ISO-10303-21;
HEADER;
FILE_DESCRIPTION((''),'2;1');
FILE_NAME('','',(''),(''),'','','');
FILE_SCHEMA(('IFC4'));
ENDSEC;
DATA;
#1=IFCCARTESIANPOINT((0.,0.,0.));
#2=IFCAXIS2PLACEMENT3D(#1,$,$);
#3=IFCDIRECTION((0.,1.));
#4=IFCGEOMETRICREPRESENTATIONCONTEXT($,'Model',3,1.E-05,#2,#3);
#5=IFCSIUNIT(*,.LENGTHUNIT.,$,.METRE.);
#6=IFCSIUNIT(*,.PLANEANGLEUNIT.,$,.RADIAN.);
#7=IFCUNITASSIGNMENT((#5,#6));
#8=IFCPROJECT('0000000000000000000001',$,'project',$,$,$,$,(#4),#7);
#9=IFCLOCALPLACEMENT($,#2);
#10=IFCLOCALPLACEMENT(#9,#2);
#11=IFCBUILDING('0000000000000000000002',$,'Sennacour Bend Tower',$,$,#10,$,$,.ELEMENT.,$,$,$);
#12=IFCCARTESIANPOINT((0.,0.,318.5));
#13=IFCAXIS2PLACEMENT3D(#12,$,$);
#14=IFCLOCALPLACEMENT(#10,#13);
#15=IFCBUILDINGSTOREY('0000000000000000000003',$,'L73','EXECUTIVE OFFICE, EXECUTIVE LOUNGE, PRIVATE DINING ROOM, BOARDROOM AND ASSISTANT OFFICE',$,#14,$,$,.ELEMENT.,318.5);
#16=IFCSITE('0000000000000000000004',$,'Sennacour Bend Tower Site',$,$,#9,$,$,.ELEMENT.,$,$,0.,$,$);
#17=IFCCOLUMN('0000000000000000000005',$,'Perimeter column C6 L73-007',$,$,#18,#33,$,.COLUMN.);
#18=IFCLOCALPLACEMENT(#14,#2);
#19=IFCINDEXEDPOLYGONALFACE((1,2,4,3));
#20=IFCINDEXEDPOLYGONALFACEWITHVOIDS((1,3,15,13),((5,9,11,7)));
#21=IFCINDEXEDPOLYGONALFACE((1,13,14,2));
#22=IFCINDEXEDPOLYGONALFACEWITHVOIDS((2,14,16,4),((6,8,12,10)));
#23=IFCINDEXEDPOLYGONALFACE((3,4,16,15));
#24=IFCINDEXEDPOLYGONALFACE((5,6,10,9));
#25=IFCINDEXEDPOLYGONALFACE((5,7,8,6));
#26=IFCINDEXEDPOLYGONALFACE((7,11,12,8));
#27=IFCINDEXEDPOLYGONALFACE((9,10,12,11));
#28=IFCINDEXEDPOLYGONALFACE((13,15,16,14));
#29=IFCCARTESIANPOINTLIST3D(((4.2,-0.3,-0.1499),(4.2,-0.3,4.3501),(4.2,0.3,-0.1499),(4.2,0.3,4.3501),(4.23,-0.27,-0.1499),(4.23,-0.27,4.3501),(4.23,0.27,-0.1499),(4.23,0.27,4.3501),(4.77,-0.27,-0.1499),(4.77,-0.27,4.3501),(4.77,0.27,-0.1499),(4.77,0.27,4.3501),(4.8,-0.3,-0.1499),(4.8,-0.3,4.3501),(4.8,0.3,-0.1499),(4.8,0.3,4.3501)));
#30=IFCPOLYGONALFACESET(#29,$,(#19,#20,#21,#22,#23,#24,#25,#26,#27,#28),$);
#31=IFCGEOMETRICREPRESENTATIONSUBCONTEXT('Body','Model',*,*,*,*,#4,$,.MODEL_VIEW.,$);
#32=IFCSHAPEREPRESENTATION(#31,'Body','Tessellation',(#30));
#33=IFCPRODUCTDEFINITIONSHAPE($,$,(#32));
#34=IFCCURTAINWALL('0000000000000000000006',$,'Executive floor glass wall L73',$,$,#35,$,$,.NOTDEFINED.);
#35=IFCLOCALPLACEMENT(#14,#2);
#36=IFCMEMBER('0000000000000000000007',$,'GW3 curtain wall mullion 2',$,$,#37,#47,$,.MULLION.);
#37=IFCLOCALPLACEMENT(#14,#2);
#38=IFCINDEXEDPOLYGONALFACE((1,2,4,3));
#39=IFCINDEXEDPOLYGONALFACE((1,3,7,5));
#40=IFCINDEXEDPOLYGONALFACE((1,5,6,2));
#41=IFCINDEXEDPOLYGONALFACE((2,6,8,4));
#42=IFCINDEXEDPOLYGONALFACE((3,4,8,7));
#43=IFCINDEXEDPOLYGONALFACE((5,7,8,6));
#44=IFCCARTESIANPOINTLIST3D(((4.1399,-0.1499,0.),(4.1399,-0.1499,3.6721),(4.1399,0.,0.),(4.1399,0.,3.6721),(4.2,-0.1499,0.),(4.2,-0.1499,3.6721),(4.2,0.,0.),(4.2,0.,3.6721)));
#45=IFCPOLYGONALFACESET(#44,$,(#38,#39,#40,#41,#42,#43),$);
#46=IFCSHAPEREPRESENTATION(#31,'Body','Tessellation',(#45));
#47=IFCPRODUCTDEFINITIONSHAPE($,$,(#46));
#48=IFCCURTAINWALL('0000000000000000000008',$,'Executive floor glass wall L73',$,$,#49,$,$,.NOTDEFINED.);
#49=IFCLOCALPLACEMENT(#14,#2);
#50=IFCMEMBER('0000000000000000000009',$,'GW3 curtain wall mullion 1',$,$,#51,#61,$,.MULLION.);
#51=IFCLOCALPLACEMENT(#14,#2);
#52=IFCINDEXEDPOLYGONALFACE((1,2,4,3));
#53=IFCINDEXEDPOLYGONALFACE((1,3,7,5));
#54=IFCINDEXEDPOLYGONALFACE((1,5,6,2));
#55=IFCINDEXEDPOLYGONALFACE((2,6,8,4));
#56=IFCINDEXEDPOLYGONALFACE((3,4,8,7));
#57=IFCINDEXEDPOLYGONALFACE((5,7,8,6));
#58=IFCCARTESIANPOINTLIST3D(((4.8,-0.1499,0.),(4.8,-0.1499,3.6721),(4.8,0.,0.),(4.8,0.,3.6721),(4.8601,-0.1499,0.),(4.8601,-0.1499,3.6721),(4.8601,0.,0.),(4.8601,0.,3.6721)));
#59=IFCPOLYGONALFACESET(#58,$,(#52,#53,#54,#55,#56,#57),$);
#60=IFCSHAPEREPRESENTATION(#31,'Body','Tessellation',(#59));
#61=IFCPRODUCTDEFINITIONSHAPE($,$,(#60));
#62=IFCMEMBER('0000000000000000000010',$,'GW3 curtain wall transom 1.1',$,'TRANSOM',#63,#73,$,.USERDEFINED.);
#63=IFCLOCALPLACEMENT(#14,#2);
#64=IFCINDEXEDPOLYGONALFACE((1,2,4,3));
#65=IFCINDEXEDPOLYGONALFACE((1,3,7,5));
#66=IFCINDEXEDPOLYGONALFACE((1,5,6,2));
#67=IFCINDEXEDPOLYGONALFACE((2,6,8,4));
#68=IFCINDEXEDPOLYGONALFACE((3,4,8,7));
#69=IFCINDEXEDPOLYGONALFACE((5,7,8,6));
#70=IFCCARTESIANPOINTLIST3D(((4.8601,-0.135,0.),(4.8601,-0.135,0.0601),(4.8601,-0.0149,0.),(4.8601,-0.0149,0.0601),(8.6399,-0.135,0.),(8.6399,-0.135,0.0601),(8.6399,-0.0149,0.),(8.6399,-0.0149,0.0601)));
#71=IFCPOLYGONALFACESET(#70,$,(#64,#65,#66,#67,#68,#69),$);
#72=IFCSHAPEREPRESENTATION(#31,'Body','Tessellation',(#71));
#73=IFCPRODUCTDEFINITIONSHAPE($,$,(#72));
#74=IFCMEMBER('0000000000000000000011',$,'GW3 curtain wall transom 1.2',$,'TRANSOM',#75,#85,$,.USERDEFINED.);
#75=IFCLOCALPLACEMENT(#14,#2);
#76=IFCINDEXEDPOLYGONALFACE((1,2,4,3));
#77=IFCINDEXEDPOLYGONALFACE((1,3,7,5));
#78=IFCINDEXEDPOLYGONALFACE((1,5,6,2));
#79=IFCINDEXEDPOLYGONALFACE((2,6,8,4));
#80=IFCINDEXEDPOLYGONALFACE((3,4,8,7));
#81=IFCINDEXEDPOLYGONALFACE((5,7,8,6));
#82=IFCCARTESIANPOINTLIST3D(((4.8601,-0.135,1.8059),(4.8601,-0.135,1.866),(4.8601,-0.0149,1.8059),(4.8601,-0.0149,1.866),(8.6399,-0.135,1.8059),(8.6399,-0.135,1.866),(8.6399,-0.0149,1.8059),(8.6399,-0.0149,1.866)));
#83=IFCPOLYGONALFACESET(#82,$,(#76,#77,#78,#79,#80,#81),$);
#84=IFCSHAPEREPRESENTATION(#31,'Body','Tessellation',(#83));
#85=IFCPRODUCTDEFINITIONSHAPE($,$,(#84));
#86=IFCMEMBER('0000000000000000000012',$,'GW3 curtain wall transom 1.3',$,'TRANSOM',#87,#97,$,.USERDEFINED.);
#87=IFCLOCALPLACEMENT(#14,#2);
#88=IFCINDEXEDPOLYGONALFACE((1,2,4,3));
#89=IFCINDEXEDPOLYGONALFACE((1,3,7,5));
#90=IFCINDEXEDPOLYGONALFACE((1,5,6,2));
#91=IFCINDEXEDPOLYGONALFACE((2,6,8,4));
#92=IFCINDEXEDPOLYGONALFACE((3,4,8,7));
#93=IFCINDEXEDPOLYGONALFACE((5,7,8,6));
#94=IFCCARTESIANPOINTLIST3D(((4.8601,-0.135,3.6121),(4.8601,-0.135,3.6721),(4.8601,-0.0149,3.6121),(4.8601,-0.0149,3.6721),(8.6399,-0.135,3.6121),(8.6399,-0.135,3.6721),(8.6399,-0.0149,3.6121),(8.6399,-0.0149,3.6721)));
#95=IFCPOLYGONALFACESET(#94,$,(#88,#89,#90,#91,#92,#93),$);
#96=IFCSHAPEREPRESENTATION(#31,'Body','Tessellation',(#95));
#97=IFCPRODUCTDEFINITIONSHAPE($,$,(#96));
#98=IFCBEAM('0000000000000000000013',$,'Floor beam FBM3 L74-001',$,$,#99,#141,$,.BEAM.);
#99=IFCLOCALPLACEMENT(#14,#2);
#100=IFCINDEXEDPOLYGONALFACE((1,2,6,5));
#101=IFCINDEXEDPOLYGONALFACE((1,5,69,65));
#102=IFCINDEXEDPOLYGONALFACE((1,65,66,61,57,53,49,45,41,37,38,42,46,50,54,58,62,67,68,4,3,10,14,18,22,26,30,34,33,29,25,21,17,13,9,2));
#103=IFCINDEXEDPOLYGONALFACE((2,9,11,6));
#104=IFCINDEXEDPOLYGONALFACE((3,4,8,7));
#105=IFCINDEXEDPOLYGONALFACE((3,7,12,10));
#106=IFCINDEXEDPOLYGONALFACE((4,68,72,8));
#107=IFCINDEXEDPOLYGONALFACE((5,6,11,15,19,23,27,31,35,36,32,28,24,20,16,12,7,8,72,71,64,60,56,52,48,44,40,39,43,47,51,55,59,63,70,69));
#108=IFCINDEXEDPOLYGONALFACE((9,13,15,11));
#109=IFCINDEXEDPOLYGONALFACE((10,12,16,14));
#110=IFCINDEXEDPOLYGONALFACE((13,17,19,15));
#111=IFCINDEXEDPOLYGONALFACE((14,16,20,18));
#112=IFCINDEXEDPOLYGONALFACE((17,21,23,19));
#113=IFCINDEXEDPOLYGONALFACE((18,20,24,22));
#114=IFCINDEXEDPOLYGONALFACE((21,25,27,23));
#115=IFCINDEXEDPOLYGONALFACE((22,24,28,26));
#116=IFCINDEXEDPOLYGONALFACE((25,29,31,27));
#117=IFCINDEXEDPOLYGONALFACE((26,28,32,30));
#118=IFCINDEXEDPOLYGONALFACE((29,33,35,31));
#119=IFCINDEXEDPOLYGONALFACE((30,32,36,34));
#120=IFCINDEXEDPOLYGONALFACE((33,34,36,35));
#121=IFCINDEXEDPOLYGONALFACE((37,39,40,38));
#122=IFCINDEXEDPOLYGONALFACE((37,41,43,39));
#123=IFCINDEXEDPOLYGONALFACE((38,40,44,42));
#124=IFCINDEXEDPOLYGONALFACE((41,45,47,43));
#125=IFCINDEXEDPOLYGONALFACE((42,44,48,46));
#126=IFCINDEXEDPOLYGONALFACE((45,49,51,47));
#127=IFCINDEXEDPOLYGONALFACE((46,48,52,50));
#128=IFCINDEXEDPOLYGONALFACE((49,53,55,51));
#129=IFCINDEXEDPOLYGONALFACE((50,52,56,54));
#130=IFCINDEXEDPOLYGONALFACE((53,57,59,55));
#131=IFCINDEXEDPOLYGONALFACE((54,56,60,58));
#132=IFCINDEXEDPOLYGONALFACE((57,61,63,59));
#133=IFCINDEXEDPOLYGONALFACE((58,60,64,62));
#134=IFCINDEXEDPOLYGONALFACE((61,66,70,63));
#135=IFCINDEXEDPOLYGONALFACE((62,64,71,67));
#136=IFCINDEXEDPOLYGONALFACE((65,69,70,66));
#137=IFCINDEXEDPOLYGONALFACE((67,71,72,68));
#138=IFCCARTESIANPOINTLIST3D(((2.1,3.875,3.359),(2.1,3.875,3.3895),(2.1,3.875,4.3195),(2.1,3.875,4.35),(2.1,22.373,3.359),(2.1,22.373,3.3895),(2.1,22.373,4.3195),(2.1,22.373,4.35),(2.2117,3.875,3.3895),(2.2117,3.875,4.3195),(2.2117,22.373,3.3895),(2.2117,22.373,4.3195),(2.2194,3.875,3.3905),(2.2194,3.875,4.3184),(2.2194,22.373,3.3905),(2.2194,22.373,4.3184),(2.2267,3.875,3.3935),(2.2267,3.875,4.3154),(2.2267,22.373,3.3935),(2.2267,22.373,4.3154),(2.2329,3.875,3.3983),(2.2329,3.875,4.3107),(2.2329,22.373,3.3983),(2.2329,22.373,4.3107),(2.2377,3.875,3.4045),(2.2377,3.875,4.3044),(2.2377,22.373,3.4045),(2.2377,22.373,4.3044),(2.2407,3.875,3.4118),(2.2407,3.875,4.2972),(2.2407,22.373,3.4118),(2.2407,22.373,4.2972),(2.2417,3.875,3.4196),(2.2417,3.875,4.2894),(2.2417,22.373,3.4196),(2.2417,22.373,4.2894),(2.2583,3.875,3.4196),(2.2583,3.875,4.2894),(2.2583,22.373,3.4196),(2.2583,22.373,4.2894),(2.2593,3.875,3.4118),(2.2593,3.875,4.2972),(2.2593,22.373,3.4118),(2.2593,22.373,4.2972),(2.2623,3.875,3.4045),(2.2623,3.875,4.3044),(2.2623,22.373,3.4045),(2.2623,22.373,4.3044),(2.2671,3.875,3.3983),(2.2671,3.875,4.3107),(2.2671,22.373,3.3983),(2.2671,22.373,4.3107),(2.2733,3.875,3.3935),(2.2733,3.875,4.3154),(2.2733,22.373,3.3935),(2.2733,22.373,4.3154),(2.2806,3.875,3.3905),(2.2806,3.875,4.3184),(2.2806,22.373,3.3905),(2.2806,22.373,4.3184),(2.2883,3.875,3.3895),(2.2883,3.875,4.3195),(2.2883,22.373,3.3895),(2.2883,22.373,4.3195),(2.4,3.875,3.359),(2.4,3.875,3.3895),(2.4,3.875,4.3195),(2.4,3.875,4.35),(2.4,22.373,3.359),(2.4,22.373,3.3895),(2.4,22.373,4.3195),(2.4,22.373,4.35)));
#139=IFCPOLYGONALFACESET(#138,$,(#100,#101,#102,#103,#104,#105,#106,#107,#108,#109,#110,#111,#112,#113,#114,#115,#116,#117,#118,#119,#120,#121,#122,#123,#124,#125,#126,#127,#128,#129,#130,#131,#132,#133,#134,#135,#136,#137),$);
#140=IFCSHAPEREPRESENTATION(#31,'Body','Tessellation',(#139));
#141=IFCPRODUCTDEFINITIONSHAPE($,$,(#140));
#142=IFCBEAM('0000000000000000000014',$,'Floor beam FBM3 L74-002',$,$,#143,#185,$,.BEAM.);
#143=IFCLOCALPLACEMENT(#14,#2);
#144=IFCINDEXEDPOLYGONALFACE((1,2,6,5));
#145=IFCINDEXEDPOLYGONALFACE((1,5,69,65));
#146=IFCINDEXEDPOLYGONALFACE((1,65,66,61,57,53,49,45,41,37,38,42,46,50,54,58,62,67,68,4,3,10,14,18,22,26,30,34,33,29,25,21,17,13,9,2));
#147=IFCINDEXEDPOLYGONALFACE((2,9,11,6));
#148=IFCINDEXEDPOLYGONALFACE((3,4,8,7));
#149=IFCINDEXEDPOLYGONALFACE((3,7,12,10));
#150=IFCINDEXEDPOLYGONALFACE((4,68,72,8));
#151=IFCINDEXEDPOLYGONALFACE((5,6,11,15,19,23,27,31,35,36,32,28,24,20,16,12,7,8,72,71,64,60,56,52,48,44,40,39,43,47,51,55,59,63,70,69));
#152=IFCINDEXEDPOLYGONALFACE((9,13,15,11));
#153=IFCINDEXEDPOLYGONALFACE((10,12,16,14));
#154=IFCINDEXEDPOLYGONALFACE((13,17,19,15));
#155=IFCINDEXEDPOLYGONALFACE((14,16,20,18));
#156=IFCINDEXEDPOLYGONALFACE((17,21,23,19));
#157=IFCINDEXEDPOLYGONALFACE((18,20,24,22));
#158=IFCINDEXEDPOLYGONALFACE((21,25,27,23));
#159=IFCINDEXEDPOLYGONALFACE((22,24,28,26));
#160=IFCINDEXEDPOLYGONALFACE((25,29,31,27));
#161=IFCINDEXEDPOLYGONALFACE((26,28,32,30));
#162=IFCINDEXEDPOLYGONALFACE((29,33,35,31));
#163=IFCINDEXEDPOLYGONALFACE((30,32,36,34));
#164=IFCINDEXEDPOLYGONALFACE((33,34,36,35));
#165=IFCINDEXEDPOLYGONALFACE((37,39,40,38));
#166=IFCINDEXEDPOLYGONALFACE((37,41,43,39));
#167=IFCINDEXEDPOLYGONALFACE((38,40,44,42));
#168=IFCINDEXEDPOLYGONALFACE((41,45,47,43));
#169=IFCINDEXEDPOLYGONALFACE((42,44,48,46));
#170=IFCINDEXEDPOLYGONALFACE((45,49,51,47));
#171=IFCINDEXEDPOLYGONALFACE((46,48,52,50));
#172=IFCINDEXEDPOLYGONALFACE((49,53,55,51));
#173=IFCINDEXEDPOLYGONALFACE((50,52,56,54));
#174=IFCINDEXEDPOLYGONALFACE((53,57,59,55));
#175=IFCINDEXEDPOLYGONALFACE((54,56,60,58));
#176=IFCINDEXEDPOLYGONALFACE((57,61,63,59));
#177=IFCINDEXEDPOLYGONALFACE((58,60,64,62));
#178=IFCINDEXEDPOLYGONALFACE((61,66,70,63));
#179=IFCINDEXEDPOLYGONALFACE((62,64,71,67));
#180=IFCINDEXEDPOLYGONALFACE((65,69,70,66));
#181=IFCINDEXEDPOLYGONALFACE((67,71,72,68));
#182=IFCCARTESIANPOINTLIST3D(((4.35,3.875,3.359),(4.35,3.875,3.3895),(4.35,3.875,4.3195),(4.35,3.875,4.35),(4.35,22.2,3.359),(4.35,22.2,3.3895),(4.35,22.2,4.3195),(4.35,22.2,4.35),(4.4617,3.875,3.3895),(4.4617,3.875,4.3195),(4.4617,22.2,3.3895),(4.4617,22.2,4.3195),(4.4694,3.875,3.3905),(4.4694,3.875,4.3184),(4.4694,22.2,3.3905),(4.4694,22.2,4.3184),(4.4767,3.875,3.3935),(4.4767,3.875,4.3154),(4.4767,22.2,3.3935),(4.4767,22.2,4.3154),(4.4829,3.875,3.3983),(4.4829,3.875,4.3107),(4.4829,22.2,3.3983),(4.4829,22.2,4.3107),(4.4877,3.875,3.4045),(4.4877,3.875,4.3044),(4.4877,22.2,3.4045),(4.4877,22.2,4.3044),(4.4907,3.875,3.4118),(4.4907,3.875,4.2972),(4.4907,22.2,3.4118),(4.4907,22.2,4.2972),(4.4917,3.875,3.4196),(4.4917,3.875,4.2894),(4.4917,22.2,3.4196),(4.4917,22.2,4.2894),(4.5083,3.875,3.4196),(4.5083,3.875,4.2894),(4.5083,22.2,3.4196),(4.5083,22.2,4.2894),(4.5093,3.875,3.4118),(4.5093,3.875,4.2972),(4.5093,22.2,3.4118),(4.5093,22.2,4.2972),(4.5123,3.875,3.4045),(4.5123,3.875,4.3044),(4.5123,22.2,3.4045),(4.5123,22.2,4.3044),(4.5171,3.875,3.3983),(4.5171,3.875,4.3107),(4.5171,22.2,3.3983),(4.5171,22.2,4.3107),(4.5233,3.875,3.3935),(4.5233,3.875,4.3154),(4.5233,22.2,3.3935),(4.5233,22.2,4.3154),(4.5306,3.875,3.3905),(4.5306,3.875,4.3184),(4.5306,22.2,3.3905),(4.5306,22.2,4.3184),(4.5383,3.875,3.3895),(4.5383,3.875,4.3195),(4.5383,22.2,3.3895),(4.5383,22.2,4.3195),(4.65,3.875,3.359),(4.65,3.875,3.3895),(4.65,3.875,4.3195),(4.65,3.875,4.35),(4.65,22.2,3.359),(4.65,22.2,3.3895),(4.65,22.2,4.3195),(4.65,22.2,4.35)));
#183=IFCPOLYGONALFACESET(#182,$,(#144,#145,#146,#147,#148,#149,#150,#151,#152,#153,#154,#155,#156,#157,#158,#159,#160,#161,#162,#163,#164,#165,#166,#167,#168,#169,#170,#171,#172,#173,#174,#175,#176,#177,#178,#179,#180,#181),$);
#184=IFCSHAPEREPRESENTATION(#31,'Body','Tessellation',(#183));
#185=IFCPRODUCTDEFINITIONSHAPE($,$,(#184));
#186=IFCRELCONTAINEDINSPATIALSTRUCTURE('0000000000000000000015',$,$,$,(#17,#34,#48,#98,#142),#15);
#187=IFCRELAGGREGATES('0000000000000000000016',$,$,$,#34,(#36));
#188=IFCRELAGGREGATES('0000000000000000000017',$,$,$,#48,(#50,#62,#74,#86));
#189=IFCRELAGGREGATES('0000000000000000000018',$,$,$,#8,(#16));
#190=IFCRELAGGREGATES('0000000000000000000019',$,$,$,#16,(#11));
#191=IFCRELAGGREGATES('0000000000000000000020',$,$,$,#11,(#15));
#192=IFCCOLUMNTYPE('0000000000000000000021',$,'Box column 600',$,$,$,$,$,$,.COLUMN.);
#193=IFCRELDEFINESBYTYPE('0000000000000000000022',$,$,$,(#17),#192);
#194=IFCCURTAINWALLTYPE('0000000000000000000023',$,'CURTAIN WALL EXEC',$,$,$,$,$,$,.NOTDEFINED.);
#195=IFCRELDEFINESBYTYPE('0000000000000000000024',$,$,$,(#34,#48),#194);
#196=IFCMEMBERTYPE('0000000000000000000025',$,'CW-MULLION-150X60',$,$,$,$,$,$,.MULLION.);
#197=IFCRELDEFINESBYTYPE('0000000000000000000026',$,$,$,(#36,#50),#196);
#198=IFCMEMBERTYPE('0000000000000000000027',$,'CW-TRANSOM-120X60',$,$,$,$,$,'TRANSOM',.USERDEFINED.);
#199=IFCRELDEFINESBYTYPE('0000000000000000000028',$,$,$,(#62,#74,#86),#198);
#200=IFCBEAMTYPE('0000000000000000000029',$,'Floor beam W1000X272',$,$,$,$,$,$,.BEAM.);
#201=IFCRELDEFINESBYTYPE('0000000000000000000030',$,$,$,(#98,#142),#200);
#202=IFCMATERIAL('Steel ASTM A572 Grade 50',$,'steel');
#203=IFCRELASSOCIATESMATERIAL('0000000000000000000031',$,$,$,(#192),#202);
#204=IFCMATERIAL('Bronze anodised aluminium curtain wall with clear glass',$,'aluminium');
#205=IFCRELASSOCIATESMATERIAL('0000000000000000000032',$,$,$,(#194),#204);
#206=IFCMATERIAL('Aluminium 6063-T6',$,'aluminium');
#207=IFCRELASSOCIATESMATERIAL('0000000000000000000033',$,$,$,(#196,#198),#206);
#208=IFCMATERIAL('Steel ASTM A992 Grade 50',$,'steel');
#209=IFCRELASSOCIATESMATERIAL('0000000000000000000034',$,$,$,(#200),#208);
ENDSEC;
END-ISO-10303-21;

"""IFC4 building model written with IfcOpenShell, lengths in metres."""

from ifc_helpers import new_model, si_unit, direction, frame, origin, origin_2d, place, context, subcontext, project, spatial, rectangle, hollow_rectangle, i_section, extrude, material, material_profile, profile_set, type_object, element, aggregate, save


model = new_model("IFC4")

# Units and contexts
model_context = context("Model", 3, precision=1e-05, world=origin(), true_north=direction((0.0, 1.0)))
body_context = subcontext(model_context, "Body", "Model", "MODEL_VIEW")
ifc_project = project(units=[si_unit("LENGTHUNIT", "METRE"), si_unit("PLANEANGLEUNIT", "RADIAN")], contexts=[model_context])

# Site, building, storey
site_placement = place(None, origin())
site = spatial("IfcSite", under=ifc_project, at=site_placement, Name="Sennacour Bend Tower Site", CompositionType="ELEMENT", RefElevation=0.0)
building_placement = place(site_placement, origin())
building = spatial("IfcBuilding", under=site, at=building_placement, Name="Sennacour Bend Tower", CompositionType="ELEMENT")
storey_placement = place(building_placement, frame((0.0, 0.0, 318.5)))
storey = spatial("IfcBuildingStorey", under=building, at=storey_placement, Name="L73", Description="EXECUTIVE OFFICE, EXECUTIVE LOUNGE, PRIVATE DINING ROOM, BOARDROOM AND ASSISTANT OFFICE", CompositionType="ELEMENT", Elevation=318.5)

# Column
ifc_material_1 = material(Name="Steel ASTM A572 Grade 50", Category="steel")
ifc_material_profile_1 = material_profile(ifc_material_1, hollow_rectangle(XDim=0.6001, YDim=0.6001, WallThickness=0.03, at=origin_2d()), Name="Steel ASTM A572 Grade 50", Category="steel")
ifc_profile_set_1 = profile_set([ifc_material_profile_1], Name="Steel ASTM A572 Grade 50")
column_type = type_object("IfcColumnType", Name="Box column 600", PredefinedType="COLUMN", material=ifc_profile_set_1)
column_placement = place(storey_placement, frame((4.5, 0.0, -0.1499), z_axis=(0.0, 0.0, 1.0), x_axis=(1.0, 0.0, 0.0)))
element("IfcColumn", 1, at=column_placement, inside=storey, type_object=column_type, Name="Perimeter column C6 L73-007", PredefinedType="COLUMN", context=body_context, shape_type="SweptSolid", body=[
    extrude(hollow_rectangle(XDim=0.6001, YDim=0.6001, WallThickness=0.03, at=origin_2d()), origin(), (0.0, 0.0, 1.0), 4.5),
])

# Curtain wall, member
ifc_material_2 = material(Name="Bronze anodised aluminium curtain wall with clear glass", Category="aluminium")
curtain_wall_type = type_object("IfcCurtainWallType", Name="CURTAIN WALL EXEC", PredefinedType="NOTDEFINED", material=ifc_material_2)
curtain_wall_1_placement = place(storey_placement, origin())
curtain_wall_1 = element("IfcCurtainWall", 2, at=curtain_wall_1_placement, inside=storey, type_object=curtain_wall_type, Name="Executive floor glass wall L73", PredefinedType="NOTDEFINED")
ifc_material_3 = material(Name="Aluminium 6063-T6", Category="aluminium")
ifc_material_profile_2 = material_profile(ifc_material_3, rectangle(XDim=0.1499, YDim=0.0601, at=origin_2d()), Name="Aluminium 6063-T6", Category="aluminium")
ifc_profile_set_2 = profile_set([ifc_material_profile_2], Name="Aluminium 6063-T6")
member_type_1 = type_object("IfcMemberType", Name="CW-MULLION-150X60", PredefinedType="MULLION", material=ifc_profile_set_2)
member_1_placement = place(storey_placement, frame((4.1699, -0.075, 0.0), z_axis=(0.0, 0.0, 1.0), x_axis=(0.0, 1.0, 0.0)))
member_1 = element("IfcMember", 3, at=member_1_placement, type_object=member_type_1, Name="GW3 curtain wall mullion 2", PredefinedType="MULLION", context=body_context, shape_type="SweptSolid", body=[
    extrude(rectangle(XDim=0.1499, YDim=0.0601, at=origin_2d()), origin(), (0.0, 0.0, 1.0), 3.6721),
])

# Curtain wall, members
curtain_wall_2_placement = place(storey_placement, origin())
curtain_wall_2 = element("IfcCurtainWall", 4, at=curtain_wall_2_placement, inside=storey, type_object=curtain_wall_type, Name="Executive floor glass wall L73", PredefinedType="NOTDEFINED")
member_2_placement = place(storey_placement, frame((4.8301, -0.075, 0.0), z_axis=(0.0, 0.0, 1.0), x_axis=(0.0, 1.0, 0.0)))
member_2 = element("IfcMember", 5, at=member_2_placement, type_object=member_type_1, Name="GW3 curtain wall mullion 1", PredefinedType="MULLION", context=body_context, shape_type="SweptSolid", body=[
    extrude(rectangle(XDim=0.1499, YDim=0.0601, at=origin_2d()), origin(), (0.0, 0.0, 1.0), 3.6721),
])
ifc_material_profile_3 = material_profile(ifc_material_3, rectangle(XDim=0.1201, YDim=0.0601, at=origin_2d()), Name="Aluminium 6063-T6", Category="aluminium")
ifc_profile_set_3 = profile_set([ifc_material_profile_3], Name="Aluminium 6063-T6")
member_type_2 = type_object("IfcMemberType", Name="CW-TRANSOM-120X60", ElementType="TRANSOM", PredefinedType="USERDEFINED", material=ifc_profile_set_3)
member_3_placement = place(storey_placement, frame((4.8601, -0.075, 0.03), z_axis=(1.0, 0.0, 0.0), x_axis=(0.0, 1.0, 0.0)))
member_3 = element("IfcMember", 6, at=member_3_placement, type_object=member_type_2, Name="GW3 curtain wall transom 1.1", ObjectType="TRANSOM", PredefinedType="USERDEFINED", context=body_context, shape_type="SweptSolid", body=[
    extrude(rectangle(XDim=0.1201, YDim=0.0601, at=origin_2d()), origin(), (0.0, 0.0, 1.0), 3.7798),
])
member_4_placement = place(storey_placement, frame((4.8601, -0.075, 1.8359), z_axis=(1.0, 0.0, 0.0), x_axis=(0.0, 1.0, 0.0)))
member_4 = element("IfcMember", 7, at=member_4_placement, type_object=member_type_2, Name="GW3 curtain wall transom 1.2", ObjectType="TRANSOM", PredefinedType="USERDEFINED", context=body_context, shape_type="SweptSolid", body=[
    extrude(rectangle(XDim=0.1201, YDim=0.0601, at=origin_2d()), origin(), (0.0, 0.0, 1.0), 3.7798),
])
member_5_placement = place(storey_placement, frame((4.8601, -0.075, 3.6421), z_axis=(1.0, 0.0, 0.0), x_axis=(0.0, 1.0, 0.0)))
member_5 = element("IfcMember", 8, at=member_5_placement, type_object=member_type_2, Name="GW3 curtain wall transom 1.3", ObjectType="TRANSOM", PredefinedType="USERDEFINED", context=body_context, shape_type="SweptSolid", body=[
    extrude(rectangle(XDim=0.1201, YDim=0.0601, at=origin_2d()), origin(), (0.0, 0.0, 1.0), 3.7798),
])

# Beams
ifc_material_4 = material(Name="Steel ASTM A992 Grade 50", Category="steel")
ifc_material_profile_4 = material_profile(ifc_material_4, i_section(OverallWidth=0.3, OverallDepth=0.991, WebThickness=0.0166, FlangeThickness=0.0305, FilletRadius=0.03, at=origin_2d()), Name="Steel ASTM A992 Grade 50", Category="steel")
ifc_profile_set_4 = profile_set([ifc_material_profile_4], Name="Steel ASTM A992 Grade 50")
beam_type_1 = type_object("IfcBeamType", Name="Floor beam W1000X272", PredefinedType="BEAM", material=ifc_profile_set_4)
beam_1_placement = place(storey_placement, frame((2.25, 3.875, 3.8545), z_axis=(0.0, 1.0, 0.0), x_axis=(-1.0, 0.0, 0.0)))
element("IfcBeam", 9, at=beam_1_placement, inside=storey, type_object=beam_type_1, Name="Floor beam FBM3 L74-001", PredefinedType="BEAM", context=body_context, shape_type="SweptSolid", body=[
    extrude(i_section(OverallWidth=0.3, OverallDepth=0.991, WebThickness=0.0166, FlangeThickness=0.0305, FilletRadius=0.03, at=origin_2d()), origin(), (0.0, 0.0, 1.0), 18.498),
])
beam_2_placement = place(storey_placement, frame((4.5, 3.875, 3.8545), z_axis=(0.0, 1.0, 0.0), x_axis=(-1.0, 0.0, 0.0)))
element("IfcBeam", 10, at=beam_2_placement, inside=storey, type_object=beam_type_1, Name="Floor beam FBM3 L74-002", PredefinedType="BEAM", context=body_context, shape_type="SweptSolid", body=[
    extrude(i_section(OverallWidth=0.3, OverallDepth=0.991, WebThickness=0.0166, FlangeThickness=0.0305, FilletRadius=0.03, at=origin_2d()), origin(), (0.0, 0.0, 1.0), 18.325),
])

aggregate(curtain_wall_1, [member_1])
aggregate(curtain_wall_2, [member_2, member_3, member_4, member_5])

save(model, "model.ifc")
